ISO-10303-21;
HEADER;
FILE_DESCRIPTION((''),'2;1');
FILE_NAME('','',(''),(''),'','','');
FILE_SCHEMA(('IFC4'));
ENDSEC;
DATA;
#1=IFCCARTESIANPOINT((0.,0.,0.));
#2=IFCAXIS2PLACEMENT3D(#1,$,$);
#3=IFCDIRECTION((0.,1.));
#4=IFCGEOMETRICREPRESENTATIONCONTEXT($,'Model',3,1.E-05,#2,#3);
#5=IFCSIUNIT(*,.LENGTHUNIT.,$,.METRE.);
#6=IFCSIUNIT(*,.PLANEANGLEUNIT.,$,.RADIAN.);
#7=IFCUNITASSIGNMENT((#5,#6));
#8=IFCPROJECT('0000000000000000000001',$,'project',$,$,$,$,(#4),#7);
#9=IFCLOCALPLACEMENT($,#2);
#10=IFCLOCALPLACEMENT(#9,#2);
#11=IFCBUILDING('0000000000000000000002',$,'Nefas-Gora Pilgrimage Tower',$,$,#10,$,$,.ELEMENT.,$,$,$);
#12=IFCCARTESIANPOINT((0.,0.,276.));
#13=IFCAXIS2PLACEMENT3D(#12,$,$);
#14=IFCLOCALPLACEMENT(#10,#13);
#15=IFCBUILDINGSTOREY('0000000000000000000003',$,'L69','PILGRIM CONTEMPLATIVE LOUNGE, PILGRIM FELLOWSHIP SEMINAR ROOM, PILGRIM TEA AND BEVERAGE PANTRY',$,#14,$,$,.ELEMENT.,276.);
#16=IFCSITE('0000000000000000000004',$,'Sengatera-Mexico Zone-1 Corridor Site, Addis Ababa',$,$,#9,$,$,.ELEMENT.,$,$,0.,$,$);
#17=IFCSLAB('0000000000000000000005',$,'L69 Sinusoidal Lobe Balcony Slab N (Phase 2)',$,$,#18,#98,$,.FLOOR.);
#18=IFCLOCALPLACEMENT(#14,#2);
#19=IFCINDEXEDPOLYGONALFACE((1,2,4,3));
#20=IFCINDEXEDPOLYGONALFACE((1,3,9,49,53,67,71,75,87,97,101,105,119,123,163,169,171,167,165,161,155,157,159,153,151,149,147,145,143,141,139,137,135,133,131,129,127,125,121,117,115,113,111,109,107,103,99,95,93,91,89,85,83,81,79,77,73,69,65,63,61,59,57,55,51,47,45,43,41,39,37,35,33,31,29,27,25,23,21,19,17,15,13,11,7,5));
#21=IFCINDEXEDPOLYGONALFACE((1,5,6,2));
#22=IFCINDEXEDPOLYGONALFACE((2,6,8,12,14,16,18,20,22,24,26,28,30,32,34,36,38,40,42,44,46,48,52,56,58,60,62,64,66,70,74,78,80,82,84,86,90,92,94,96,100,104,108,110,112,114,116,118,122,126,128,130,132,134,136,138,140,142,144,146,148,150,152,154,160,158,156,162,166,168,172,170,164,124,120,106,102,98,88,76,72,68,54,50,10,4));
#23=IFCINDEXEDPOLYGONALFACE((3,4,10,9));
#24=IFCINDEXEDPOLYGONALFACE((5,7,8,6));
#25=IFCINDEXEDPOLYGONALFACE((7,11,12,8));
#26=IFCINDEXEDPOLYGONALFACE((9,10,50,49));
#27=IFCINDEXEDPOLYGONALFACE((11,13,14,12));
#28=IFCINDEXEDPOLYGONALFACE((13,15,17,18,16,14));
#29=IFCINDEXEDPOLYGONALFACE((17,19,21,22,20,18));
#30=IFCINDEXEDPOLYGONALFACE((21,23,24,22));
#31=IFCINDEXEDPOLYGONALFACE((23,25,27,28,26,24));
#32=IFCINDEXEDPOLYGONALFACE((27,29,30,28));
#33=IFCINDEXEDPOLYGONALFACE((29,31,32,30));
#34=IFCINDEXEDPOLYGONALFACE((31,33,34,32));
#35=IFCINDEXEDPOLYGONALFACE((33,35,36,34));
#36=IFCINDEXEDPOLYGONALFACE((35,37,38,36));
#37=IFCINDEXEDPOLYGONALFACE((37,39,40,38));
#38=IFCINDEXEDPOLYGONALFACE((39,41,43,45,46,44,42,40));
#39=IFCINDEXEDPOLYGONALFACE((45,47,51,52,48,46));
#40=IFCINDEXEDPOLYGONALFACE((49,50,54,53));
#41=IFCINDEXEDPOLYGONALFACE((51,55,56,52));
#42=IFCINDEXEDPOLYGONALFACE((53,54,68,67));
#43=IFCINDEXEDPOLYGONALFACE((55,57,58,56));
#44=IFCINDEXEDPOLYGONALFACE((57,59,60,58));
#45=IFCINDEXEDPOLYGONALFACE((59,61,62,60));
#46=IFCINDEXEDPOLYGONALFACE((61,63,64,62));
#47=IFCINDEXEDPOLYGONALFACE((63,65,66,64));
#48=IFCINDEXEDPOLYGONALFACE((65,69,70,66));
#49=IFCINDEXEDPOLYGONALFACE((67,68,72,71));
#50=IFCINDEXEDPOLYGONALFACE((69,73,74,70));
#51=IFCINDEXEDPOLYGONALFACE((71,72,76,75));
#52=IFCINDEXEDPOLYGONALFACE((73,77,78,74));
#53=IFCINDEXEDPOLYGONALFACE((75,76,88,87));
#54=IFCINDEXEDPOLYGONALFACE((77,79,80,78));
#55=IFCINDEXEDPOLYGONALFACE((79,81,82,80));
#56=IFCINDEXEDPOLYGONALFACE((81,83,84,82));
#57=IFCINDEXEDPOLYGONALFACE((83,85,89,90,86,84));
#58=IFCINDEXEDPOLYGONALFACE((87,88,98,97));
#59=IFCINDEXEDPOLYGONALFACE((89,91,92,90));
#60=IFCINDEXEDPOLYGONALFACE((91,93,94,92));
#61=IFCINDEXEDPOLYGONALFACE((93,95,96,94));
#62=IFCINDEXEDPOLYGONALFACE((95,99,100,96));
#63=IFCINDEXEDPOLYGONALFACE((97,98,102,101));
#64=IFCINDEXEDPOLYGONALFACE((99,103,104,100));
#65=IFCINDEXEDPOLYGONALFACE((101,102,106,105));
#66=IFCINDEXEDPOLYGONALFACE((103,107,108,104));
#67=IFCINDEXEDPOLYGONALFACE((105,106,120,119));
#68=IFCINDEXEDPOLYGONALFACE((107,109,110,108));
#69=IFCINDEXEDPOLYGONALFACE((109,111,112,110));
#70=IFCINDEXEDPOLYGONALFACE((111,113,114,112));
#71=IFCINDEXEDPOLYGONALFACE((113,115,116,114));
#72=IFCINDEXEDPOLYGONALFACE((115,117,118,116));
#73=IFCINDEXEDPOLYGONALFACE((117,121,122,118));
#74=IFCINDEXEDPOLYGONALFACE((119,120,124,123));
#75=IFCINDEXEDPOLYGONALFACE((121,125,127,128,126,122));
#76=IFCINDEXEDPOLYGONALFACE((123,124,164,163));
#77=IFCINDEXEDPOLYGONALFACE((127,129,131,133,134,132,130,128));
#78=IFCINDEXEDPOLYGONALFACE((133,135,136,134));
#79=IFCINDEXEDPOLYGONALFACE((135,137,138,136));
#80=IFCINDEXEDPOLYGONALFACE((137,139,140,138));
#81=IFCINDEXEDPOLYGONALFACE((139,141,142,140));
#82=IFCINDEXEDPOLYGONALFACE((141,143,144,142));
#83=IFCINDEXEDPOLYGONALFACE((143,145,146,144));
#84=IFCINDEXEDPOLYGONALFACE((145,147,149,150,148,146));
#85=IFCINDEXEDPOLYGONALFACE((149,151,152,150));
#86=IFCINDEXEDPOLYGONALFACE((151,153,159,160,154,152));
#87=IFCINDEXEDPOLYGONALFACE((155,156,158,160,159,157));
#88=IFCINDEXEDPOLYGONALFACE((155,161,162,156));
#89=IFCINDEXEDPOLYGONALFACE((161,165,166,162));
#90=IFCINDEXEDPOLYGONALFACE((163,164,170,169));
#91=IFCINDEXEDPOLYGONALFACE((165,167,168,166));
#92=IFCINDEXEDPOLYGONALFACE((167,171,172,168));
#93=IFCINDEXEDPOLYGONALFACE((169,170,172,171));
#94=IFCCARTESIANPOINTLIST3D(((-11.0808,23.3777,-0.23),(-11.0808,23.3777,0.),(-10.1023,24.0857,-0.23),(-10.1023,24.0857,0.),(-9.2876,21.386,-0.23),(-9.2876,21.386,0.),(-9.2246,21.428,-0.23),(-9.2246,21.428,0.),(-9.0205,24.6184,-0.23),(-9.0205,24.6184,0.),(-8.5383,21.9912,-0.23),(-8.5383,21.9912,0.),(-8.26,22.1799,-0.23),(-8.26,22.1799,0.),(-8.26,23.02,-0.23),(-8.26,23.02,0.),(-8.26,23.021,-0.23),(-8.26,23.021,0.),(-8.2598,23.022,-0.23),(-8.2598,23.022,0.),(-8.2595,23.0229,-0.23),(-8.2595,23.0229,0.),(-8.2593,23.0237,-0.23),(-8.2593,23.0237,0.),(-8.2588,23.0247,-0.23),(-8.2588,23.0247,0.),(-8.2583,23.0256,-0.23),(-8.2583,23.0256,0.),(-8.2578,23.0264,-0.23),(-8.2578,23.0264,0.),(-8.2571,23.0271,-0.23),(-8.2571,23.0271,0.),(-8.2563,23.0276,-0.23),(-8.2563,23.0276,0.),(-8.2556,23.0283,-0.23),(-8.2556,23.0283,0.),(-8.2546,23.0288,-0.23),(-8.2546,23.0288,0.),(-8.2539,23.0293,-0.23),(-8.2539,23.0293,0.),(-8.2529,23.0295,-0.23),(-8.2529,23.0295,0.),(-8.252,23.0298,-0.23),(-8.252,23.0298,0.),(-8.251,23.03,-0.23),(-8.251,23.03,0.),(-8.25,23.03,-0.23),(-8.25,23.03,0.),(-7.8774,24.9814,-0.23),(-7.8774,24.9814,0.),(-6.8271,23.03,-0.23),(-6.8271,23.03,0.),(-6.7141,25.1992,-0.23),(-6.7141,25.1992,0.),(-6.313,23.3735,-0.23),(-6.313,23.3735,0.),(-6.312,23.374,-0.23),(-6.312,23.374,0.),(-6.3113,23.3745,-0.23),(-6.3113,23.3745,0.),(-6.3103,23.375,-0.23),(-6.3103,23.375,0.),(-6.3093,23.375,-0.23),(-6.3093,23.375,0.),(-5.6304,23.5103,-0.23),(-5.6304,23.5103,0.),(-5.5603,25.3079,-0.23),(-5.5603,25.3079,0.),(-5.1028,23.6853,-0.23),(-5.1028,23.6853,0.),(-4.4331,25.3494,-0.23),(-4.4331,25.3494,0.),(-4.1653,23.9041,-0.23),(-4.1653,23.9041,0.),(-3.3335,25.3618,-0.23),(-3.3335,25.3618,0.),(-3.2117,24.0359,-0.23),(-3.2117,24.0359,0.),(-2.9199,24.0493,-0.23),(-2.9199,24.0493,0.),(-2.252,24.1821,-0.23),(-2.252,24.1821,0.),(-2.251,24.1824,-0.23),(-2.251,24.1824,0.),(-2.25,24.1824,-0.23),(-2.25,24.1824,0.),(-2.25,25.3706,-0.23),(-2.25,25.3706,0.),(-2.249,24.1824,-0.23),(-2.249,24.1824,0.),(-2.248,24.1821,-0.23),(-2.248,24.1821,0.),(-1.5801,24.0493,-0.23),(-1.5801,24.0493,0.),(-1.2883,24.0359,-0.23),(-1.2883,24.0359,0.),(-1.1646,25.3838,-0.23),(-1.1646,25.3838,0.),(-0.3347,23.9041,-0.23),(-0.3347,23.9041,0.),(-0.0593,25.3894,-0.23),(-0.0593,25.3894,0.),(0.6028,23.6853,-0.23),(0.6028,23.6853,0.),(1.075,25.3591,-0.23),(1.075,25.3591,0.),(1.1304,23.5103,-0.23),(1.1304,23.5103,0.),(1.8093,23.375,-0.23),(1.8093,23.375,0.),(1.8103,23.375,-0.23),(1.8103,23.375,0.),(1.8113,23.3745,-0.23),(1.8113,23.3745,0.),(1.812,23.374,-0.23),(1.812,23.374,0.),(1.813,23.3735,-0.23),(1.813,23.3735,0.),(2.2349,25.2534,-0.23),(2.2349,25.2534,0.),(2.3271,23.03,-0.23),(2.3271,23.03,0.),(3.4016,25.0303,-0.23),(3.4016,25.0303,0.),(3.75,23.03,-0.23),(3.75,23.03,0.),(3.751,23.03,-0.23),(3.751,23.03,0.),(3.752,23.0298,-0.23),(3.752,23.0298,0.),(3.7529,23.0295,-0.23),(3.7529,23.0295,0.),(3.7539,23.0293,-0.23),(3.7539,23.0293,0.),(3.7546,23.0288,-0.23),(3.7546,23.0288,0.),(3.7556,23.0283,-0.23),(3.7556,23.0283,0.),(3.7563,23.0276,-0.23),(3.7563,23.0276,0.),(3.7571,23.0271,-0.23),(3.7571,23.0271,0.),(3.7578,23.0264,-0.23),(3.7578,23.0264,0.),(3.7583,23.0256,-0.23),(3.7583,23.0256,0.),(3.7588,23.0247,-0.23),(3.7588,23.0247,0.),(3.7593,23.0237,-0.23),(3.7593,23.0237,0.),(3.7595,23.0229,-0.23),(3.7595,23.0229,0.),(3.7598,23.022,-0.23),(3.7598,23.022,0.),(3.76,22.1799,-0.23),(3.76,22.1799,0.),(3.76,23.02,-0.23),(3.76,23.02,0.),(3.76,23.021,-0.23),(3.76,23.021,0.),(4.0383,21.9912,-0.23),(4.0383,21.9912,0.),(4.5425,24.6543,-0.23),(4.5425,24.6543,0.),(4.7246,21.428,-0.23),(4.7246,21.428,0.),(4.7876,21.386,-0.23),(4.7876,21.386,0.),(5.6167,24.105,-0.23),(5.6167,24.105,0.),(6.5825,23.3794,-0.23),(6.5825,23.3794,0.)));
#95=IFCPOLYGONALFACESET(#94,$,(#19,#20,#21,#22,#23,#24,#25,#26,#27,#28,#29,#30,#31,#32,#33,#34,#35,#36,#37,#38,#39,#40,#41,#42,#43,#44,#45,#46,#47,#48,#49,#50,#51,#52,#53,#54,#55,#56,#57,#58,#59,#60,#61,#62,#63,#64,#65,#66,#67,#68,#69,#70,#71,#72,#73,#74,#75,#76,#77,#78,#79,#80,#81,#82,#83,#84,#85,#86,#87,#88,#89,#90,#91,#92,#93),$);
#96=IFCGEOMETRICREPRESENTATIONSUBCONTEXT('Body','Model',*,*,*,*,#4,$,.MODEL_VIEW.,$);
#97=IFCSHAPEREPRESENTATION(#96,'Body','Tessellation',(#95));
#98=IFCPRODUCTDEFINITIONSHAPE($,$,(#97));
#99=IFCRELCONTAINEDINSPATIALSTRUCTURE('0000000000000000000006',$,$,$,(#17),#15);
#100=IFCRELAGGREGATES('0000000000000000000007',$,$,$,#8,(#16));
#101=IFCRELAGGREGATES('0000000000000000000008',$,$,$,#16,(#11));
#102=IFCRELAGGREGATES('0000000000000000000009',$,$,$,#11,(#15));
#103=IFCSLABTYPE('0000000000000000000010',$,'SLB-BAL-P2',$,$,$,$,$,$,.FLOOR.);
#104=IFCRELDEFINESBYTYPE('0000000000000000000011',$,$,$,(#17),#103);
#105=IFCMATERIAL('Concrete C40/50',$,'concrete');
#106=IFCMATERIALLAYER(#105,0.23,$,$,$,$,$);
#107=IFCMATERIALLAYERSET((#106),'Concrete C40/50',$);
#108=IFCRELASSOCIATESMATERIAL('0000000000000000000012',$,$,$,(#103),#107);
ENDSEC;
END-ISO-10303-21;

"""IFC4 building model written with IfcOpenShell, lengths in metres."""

from ifc_helpers import new_model, si_unit, direction, frame, origin, place, context, subcontext, project, spatial, polyline, outline, extrude, material, layer, layer_set, type_object, element, save


model = new_model("IFC4")

# Units and contexts
model_context = context("Model", 3, precision=1e-05, world=origin(), true_north=direction((0.0, 1.0)))
body_context = subcontext(model_context, "Body", "Model", "MODEL_VIEW")
ifc_project = project(units=[si_unit("LENGTHUNIT", "METRE"), si_unit("PLANEANGLEUNIT", "RADIAN")], contexts=[model_context])

# Site, building, storey
site_placement = place(None, origin())
site = spatial("IfcSite", under=ifc_project, at=site_placement, Name="Sengatera-Mexico Zone-1 Corridor Site, Addis Ababa", CompositionType="ELEMENT", RefElevation=0.0)
building_placement = place(site_placement, origin())
building = spatial("IfcBuilding", under=site, at=building_placement, Name="Nefas-Gora Pilgrimage Tower", CompositionType="ELEMENT")
storey_placement = place(building_placement, frame((0.0, 0.0, 276.0)))
storey = spatial("IfcBuildingStorey", under=building, at=storey_placement, Name="L69", Description="PILGRIM CONTEMPLATIVE LOUNGE, PILGRIM FELLOWSHIP SEMINAR ROOM, PILGRIM TEA AND BEVERAGE PANTRY", CompositionType="ELEMENT", Elevation=276.0)

# Slab
ifc_material_1 = material(Name="Concrete C40/50", Category="concrete")
ifc_layer_1 = layer(ifc_material_1, 0.23)
ifc_layer_set_1 = layer_set([ifc_layer_1], Name="Concrete C40/50")
slab_type_1 = type_object("IfcSlabType", Name="SLB-BAL-P2", PredefinedType="FLOOR", material=ifc_layer_set_1)
slab_1_placement = place(storey_placement, frame((0.0, 0.0, -0.23)))
element("IfcSlab", 1, at=slab_1_placement, inside=storey, type_object=slab_type_1, Name="L69 Sinusoidal Lobe Balcony Slab N (Phase 2)", PredefinedType="FLOOR", context=body_context, shape_type="SweptSolid", body=[
    extrude(outline(polyline([(-9.2876, 21.386), (-9.2246, 21.428), (-8.5383, 21.9912), (-8.26, 22.1799), (-8.26, 23.02), (-8.26, 23.021), (-8.2598, 23.022), (-8.2595, 23.0229), (-8.2593, 23.0237), (-8.2588, 23.0247), (-8.2583, 23.0256), (-8.2578, 23.0264), (-8.2571, 23.0271), (-8.2563, 23.0276), (-8.2556, 23.0283), (-8.2546, 23.0288), (-8.2539, 23.0293), (-8.2529, 23.0295), (-8.252, 23.0298), (-8.251, 23.03), (-8.25, 23.03), (-6.8271, 23.03), (-6.313, 23.3735), (-6.312, 23.374), (-6.3113, 23.3745), (-6.3103, 23.375), (-6.3093, 23.375), (-5.6304, 23.5103), (-5.1028, 23.6853), (-4.1653, 23.9041), (-3.2117, 24.0359), (-2.9199, 24.0493), (-2.252, 24.1821), (-2.251, 24.1824), (-2.25, 24.1824), (-2.249, 24.1824), (-2.248, 24.1821), (-1.5801, 24.0493), (-1.2883, 24.0359), (-0.3347, 23.9041), (0.6028, 23.6853), (1.1304, 23.5103), (1.8093, 23.375), (1.8103, 23.375), (1.8113, 23.3745), (1.812, 23.374), (1.813, 23.3735), (2.3271, 23.03), (3.75, 23.03), (3.751, 23.03), (3.752, 23.0298), (3.7529, 23.0295), (3.7539, 23.0293), (3.7546, 23.0288), (3.7556, 23.0283), (3.7563, 23.0276), (3.7571, 23.0271), (3.7578, 23.0264), (3.7583, 23.0256), (3.7588, 23.0247), (3.7593, 23.0237), (3.7595, 23.0229), (3.7598, 23.022), (3.76, 23.021), (3.76, 23.02), (3.76, 22.1799), (4.0383, 21.9912), (4.7246, 21.428), (4.7876, 21.386), (6.5825, 23.3794), (5.6167, 24.105), (4.5425, 24.6543), (3.4016, 25.0303), (2.2349, 25.2534), (1.075, 25.3591), (-0.0593, 25.3894), (-1.1646, 25.3838), (-2.25, 25.3706), (-3.3335, 25.3618), (-4.4331, 25.3494), (-5.5603, 25.3079), (-6.7141, 25.1992), (-7.8774, 24.9814), (-9.0205, 24.6184), (-10.1023, 24.0857), (-11.0808, 23.3777), (-9.2876, 21.386)])), origin(), (0.0, 0.0, 1.0), 0.23),
])

save(model, "model.ifc")
